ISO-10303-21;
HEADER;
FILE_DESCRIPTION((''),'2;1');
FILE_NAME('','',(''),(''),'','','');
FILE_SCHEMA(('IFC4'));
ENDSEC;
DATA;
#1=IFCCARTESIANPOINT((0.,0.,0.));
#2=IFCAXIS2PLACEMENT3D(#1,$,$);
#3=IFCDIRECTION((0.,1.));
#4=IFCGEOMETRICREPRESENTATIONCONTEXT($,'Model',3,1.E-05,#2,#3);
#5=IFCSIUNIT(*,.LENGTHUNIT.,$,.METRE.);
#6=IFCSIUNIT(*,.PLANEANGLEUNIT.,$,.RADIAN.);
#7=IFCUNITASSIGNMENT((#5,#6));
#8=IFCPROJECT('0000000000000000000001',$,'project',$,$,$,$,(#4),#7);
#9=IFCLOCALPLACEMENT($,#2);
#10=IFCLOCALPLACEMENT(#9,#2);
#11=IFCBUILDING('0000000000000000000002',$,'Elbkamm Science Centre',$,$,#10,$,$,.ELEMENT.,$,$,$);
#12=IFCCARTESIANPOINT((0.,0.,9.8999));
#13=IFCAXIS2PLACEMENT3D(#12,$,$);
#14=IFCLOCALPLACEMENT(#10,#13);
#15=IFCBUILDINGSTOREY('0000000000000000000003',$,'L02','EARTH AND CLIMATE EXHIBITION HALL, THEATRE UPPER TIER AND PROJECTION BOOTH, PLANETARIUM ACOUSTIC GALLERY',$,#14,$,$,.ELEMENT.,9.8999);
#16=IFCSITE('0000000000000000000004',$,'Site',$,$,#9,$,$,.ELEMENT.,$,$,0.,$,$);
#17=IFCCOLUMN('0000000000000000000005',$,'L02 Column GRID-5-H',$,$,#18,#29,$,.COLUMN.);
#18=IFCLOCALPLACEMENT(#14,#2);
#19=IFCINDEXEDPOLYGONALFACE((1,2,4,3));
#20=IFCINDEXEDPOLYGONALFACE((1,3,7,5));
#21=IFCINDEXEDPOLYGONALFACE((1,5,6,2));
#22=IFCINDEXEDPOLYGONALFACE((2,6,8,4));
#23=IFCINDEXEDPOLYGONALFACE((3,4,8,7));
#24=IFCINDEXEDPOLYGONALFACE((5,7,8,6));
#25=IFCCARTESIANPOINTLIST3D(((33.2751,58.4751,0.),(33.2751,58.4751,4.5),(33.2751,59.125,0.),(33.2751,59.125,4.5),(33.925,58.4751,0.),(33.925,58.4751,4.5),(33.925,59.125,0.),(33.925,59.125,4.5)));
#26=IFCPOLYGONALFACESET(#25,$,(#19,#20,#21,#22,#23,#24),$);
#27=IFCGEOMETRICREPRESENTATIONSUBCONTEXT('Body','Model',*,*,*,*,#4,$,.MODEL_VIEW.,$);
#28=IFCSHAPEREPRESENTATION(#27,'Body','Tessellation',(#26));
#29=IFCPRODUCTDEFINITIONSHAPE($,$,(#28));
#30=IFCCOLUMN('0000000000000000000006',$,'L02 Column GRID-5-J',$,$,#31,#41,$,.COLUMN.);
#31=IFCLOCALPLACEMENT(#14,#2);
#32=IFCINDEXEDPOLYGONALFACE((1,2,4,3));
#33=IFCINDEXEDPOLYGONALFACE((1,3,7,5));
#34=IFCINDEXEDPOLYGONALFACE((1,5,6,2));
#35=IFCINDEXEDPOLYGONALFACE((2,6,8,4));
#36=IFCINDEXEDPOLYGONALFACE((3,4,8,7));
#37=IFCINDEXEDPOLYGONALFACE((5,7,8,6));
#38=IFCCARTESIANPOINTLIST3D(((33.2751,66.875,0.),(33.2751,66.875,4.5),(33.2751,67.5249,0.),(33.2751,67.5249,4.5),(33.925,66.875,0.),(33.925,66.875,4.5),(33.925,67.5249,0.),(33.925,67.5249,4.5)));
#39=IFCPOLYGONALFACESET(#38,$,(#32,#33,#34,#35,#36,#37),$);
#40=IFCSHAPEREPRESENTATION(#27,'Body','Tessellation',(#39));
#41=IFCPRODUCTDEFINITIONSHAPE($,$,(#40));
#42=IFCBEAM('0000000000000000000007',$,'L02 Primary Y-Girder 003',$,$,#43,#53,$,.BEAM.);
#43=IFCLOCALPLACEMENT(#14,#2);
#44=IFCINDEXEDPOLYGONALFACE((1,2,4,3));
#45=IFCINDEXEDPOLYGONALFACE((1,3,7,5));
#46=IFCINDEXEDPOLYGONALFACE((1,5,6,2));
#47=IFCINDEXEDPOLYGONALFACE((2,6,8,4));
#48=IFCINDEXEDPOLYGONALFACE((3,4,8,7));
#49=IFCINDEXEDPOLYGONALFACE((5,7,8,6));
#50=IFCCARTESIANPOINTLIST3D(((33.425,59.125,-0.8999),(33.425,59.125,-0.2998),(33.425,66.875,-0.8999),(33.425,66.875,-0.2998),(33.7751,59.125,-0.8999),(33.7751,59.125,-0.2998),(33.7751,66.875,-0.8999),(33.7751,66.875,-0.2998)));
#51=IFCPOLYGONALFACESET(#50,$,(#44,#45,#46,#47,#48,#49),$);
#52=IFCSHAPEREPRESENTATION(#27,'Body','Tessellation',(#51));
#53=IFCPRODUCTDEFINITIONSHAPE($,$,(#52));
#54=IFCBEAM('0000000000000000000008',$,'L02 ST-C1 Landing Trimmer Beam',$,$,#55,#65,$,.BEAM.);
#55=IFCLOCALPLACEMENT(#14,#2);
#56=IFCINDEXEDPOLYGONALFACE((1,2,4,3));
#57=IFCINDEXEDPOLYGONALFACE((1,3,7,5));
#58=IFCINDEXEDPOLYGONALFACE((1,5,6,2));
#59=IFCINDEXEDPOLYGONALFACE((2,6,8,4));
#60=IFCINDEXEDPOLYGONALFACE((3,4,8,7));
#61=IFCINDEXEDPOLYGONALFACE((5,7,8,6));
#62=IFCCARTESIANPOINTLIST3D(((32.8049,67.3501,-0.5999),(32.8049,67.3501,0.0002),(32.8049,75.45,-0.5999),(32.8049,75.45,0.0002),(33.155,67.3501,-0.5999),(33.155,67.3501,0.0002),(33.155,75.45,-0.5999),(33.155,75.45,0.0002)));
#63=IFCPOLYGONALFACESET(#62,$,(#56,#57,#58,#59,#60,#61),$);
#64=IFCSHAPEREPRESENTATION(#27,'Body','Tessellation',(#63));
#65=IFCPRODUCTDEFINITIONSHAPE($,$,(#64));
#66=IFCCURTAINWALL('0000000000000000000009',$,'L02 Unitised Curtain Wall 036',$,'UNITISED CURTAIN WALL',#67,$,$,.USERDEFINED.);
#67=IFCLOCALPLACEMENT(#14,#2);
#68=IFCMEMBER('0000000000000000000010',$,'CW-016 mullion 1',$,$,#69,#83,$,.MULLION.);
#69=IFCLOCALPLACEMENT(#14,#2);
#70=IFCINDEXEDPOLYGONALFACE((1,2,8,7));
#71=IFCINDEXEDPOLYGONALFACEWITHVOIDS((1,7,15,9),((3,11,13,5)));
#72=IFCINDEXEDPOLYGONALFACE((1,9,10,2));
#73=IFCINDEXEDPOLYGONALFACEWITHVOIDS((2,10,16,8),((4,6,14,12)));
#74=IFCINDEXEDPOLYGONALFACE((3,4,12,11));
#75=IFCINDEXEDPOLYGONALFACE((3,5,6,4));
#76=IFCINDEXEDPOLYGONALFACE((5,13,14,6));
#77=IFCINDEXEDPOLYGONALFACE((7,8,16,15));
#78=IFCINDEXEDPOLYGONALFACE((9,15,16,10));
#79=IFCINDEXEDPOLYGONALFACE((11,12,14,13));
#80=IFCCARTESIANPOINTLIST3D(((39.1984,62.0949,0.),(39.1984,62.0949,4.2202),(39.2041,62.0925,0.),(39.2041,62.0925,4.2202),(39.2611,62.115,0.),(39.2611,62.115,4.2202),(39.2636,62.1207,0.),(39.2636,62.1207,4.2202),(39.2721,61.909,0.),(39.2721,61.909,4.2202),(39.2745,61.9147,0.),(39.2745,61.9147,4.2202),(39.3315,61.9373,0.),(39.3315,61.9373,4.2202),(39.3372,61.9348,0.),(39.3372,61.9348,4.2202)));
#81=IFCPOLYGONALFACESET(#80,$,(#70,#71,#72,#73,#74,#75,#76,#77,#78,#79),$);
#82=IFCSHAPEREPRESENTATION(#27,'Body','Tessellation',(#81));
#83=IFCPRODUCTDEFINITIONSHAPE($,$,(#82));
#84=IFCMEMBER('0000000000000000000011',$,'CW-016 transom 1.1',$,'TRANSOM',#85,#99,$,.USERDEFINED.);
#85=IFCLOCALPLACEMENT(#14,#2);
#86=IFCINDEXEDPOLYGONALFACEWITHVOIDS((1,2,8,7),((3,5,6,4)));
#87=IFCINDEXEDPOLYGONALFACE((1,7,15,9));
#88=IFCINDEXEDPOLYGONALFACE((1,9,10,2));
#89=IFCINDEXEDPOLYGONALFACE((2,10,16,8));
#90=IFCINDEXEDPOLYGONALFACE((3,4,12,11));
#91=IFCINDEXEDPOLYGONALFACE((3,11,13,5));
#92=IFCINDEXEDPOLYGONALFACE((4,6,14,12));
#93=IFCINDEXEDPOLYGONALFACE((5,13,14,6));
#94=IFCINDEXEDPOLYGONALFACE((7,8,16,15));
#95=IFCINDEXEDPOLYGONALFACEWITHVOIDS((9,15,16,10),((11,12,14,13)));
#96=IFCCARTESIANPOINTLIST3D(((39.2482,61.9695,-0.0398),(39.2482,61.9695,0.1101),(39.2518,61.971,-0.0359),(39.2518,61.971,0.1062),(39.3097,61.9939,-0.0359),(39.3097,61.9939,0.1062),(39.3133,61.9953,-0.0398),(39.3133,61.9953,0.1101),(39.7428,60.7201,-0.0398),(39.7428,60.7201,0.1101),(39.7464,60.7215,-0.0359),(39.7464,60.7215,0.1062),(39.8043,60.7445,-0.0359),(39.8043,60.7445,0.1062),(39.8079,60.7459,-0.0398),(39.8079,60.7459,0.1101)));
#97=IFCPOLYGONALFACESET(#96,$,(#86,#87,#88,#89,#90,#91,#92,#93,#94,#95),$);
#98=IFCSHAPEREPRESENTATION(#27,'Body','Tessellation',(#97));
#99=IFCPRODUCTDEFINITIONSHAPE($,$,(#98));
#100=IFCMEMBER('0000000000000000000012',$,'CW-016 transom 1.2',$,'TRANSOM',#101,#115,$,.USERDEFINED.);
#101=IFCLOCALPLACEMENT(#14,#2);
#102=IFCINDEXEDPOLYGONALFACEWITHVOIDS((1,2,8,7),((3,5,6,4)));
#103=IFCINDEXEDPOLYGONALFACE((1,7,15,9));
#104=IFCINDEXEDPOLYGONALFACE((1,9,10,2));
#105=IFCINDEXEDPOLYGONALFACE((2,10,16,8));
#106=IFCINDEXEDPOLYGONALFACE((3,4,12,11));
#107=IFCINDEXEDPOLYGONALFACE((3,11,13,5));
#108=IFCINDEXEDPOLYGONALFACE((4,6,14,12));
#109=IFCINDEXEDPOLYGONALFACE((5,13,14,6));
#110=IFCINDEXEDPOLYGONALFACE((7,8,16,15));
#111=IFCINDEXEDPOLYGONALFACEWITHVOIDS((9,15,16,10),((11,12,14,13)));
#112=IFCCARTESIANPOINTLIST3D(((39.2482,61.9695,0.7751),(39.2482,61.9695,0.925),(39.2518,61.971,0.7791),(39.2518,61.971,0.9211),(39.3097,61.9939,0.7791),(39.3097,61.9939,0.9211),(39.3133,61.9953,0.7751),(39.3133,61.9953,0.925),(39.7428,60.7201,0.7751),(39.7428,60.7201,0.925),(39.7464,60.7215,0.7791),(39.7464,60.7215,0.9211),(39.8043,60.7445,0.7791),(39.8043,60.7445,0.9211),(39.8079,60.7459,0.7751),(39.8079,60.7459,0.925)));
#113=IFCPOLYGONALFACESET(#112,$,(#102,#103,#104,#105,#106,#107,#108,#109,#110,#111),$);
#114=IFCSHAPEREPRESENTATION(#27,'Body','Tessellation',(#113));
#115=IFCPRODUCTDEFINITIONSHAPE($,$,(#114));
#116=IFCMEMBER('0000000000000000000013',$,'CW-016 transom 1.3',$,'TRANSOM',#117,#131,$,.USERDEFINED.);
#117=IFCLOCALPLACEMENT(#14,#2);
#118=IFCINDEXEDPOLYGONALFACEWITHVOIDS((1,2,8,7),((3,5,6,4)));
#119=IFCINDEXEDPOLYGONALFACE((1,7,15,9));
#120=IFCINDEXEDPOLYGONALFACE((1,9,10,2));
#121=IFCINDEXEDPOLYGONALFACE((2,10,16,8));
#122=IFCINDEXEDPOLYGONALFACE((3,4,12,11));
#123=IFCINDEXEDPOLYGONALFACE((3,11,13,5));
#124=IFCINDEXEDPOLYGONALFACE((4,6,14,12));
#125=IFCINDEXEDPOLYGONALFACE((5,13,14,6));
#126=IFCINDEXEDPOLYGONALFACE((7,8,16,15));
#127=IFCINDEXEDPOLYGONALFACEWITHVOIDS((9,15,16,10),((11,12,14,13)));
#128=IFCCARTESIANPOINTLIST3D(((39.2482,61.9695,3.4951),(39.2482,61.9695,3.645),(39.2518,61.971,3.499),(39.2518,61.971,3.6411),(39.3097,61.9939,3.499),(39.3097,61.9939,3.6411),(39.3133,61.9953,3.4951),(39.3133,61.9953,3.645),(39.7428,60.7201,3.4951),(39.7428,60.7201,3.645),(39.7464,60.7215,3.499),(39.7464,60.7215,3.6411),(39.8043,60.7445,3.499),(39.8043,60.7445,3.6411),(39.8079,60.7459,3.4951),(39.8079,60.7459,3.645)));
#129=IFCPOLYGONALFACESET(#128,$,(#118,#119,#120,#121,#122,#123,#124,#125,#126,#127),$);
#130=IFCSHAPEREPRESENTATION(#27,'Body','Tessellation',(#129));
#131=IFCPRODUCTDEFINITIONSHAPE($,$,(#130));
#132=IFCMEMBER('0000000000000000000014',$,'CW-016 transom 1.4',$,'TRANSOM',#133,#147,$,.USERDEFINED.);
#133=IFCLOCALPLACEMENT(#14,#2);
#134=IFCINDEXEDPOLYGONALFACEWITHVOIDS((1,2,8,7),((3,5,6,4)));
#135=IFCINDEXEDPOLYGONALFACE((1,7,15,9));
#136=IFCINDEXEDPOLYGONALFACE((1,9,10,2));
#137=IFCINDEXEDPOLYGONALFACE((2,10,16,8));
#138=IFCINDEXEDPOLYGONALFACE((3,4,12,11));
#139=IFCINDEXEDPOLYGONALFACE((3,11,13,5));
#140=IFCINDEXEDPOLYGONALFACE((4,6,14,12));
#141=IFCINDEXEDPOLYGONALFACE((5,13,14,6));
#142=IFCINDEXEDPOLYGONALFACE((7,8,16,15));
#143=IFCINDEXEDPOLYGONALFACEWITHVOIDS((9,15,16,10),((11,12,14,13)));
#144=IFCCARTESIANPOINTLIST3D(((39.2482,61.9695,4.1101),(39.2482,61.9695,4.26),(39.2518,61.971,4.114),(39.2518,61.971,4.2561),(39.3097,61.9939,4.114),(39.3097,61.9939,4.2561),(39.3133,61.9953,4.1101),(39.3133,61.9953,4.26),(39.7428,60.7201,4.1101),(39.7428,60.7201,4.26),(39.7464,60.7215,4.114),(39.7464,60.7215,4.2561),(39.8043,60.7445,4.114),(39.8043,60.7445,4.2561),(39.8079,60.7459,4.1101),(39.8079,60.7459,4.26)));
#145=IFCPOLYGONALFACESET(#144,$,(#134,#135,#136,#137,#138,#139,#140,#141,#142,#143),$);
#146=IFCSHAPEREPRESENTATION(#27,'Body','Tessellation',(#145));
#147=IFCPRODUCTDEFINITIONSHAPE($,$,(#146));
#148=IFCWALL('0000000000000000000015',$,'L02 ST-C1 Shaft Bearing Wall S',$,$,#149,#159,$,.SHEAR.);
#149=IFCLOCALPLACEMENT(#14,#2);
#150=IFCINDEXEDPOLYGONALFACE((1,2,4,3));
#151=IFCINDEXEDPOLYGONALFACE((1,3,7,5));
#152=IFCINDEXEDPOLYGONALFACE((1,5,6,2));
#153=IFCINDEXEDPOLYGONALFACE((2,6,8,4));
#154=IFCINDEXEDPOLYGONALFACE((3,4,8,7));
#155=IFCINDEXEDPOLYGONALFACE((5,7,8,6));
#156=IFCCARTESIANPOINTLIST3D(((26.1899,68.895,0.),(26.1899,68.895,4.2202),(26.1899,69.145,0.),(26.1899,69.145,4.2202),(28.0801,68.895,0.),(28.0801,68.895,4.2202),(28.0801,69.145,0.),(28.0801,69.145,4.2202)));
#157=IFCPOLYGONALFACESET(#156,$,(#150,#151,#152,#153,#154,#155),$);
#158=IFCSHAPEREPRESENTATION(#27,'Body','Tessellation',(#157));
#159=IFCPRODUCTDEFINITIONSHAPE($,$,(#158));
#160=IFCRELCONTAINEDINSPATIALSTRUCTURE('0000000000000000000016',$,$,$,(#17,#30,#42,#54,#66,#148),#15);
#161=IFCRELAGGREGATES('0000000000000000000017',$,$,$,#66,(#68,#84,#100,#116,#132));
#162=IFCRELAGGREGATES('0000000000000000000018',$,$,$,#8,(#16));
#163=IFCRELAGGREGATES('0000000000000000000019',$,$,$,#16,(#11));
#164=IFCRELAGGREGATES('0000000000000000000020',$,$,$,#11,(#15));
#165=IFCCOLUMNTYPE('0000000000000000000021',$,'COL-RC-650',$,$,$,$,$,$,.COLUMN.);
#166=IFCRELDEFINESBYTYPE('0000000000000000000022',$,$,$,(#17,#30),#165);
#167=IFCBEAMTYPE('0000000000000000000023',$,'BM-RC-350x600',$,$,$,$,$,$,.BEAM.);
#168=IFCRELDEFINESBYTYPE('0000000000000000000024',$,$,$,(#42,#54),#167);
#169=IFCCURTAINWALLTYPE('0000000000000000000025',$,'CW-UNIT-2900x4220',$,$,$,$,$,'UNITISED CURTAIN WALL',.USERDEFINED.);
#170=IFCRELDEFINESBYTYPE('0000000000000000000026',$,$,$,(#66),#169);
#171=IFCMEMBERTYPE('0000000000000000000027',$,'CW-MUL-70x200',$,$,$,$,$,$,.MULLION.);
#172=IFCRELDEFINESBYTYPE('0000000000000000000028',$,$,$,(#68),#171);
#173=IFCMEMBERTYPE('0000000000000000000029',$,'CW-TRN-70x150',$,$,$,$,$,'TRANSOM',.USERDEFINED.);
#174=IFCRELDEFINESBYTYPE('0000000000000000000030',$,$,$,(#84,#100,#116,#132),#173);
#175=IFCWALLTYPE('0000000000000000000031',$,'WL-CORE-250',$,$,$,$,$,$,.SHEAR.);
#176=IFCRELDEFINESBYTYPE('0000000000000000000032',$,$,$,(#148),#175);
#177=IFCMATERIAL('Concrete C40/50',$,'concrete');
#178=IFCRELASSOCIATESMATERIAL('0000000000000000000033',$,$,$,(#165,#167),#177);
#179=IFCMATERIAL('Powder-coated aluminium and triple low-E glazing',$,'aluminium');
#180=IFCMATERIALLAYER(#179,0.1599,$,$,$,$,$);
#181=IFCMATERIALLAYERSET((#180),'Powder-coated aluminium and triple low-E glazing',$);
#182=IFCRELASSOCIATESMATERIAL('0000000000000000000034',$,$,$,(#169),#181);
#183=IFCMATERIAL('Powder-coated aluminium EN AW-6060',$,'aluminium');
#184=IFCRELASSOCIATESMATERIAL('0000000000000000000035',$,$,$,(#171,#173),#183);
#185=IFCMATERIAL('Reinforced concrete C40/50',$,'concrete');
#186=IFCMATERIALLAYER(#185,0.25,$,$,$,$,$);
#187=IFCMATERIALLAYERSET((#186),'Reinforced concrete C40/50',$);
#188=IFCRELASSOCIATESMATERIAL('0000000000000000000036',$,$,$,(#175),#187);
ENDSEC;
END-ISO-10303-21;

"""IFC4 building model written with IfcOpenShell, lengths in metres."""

from ifc_helpers import new_model, si_unit, direction, frame, frame_2d, origin, origin_2d, place, context, subcontext, project, spatial, rectangle, hollow_rectangle, extrude, material, layer, layer_set, material_profile, profile_set, type_object, element, aggregate, save


model = new_model("IFC4")

# Units and contexts
model_context = context("Model", 3, precision=1e-05, world=origin(), true_north=direction((0.0, 1.0)))
body_context = subcontext(model_context, "Body", "Model", "MODEL_VIEW")
ifc_project = project(units=[si_unit("LENGTHUNIT", "METRE"), si_unit("PLANEANGLEUNIT", "RADIAN")], contexts=[model_context])

# Site, building, storey
site_placement = place(None, origin())
site = spatial("IfcSite", under=ifc_project, at=site_placement, Name="Site", CompositionType="ELEMENT", RefElevation=0.0)
building_placement = place(site_placement, origin())
building = spatial("IfcBuilding", under=site, at=building_placement, Name="Elbkamm Science Centre", CompositionType="ELEMENT")
storey_placement = place(building_placement, frame((0.0, 0.0, 9.8999)))
storey = spatial("IfcBuildingStorey", under=building, at=storey_placement, Name="L02", Description="EARTH AND CLIMATE EXHIBITION HALL, THEATRE UPPER TIER AND PROJECTION BOOTH, PLANETARIUM ACOUSTIC GALLERY", CompositionType="ELEMENT", Elevation=9.8999)

# Columns
ifc_material_1 = material(Name="Concrete C40/50", Category="concrete")
ifc_material_profile_1 = material_profile(ifc_material_1, rectangle(XDim=0.6499, YDim=0.6499, at=origin_2d()), Name="RC 650x650")
ifc_profile_set_1 = profile_set([ifc_material_profile_1], Name="Concrete C40/50")
column_type = type_object("IfcColumnType", Name="COL-RC-650", PredefinedType="COLUMN", material=ifc_profile_set_1)
for number, where, z_axis, x_axis, name in (
    (1, (33.6001, 58.8, 0.0), (0.0, 0.0, 1.0), (1.0, 0.0, 0.0), "L02 Column GRID-5-H"),
    (2, (33.6001, 67.2, 0.0), (0.0, 0.0, 1.0), (1.0, 0.0, 0.0), "L02 Column GRID-5-J"),
):
    element("IfcColumn", number, at=place(storey_placement, frame(where, z_axis=z_axis, x_axis=x_axis)), inside=storey, type_object=column_type, Name=name, PredefinedType="COLUMN", context=body_context, shape_type="SweptSolid", body=[
        extrude(rectangle(XDim=0.6499, YDim=0.6499, at=origin_2d()), origin(), (0.0, 0.0, 1.0), 4.5),
    ])

# Beams
ifc_material_profile_2 = material_profile(ifc_material_1, rectangle(XDim=0.3501, YDim=0.6001, at=origin_2d()), Name="RC 350x600")
ifc_profile_set_2 = profile_set([ifc_material_profile_2], Name="Concrete C40/50")
beam_type = type_object("IfcBeamType", Name="BM-RC-350x600", PredefinedType="BEAM", material=ifc_profile_set_2)
beam_1_placement = place(storey_placement, frame((33.6001, 59.125, -0.5999), z_axis=(0.0, 1.0, 0.0), x_axis=(-1.0, 0.0, 0.0)))
element("IfcBeam", 3, at=beam_1_placement, inside=storey, type_object=beam_type, Name="L02 Primary Y-Girder 003", PredefinedType="BEAM", context=body_context, shape_type="SweptSolid", body=[
    extrude(rectangle(XDim=0.3501, YDim=0.6001, at=origin_2d()), origin(), (0.0, 0.0, 1.0), 7.75),
])
beam_2_placement = place(storey_placement, frame((32.98, 67.3501, -0.2998), z_axis=(0.0, 1.0, 0.0), x_axis=(-1.0, 0.0, 0.0)))
element("IfcBeam", 4, at=beam_2_placement, inside=storey, type_object=beam_type, Name="L02 ST-C1 Landing Trimmer Beam", PredefinedType="BEAM", context=body_context, shape_type="SweptSolid", body=[
    extrude(rectangle(XDim=0.3501, YDim=0.6001, at=origin_2d()), origin(), (0.0, 0.0, 1.0), 8.0999),
])

# Curtain wall, members
ifc_material_2 = material(Name="Powder-coated aluminium and triple low-E glazing", Category="aluminium")
ifc_layer_1 = layer(ifc_material_2, 0.1599)
ifc_layer_set_1 = layer_set([ifc_layer_1], Name="Powder-coated aluminium and triple low-E glazing")
curtain_wall_type = type_object("IfcCurtainWallType", Name="CW-UNIT-2900x4220", ElementType="UNITISED CURTAIN WALL", PredefinedType="USERDEFINED", material=ifc_layer_set_1)
curtain_wall_placement = place(storey_placement, origin())
curtain_wall = element("IfcCurtainWall", 5, at=curtain_wall_placement, inside=storey, type_object=curtain_wall_type, Name="L02 Unitised Curtain Wall 036", ObjectType="UNITISED CURTAIN WALL", PredefinedType="USERDEFINED")
ifc_material_3 = material(Name="Powder-coated aluminium EN AW-6060", Category="aluminium")
ifc_material_profile_3 = material_profile(ifc_material_3, hollow_rectangle(XDim=0.0701, YDim=0.2, WallThickness=0.0044, at=origin_2d()), Name="ALU M70x200")
ifc_profile_set_3 = profile_set([ifc_material_profile_3], Name="Powder-coated aluminium EN AW-6060")
member_type_1 = type_object("IfcMemberType", Name="CW-MUL-70x200", PredefinedType="MULLION", material=ifc_profile_set_3)
member_1_placement = place(storey_placement, frame((39.2678, 62.0149, 0.0), z_axis=(0.0, 0.0, 1.0), x_axis=(0.929749, 0.368193, 0.0)))
member_1 = element("IfcMember", 6, at=member_1_placement, type_object=member_type_1, Name="CW-016 mullion 1", PredefinedType="MULLION", context=body_context, shape_type="SweptSolid", body=[
    extrude(hollow_rectangle(XDim=0.0701, YDim=0.2, WallThickness=0.0044, at=origin_2d()), origin(), (0.0, 0.0, 1.0), 4.2202),
])
ifc_material_profile_4 = material_profile(ifc_material_3, hollow_rectangle(XDim=0.0701, YDim=0.1499, WallThickness=0.0039, at=origin_2d()), Name="ALU T70x150")
ifc_profile_set_4 = profile_set([ifc_material_profile_4], Name="Powder-coated aluminium EN AW-6060")
member_type_2 = type_object("IfcMemberType", Name="CW-TRN-70x150", ElementType="TRANSOM", PredefinedType="USERDEFINED", material=ifc_profile_set_4)
member_2_placement = place(storey_placement, frame((39.2808, 61.9824, 0.0352), z_axis=(0.368068, -0.929799, 0.0), x_axis=(0.929799, 0.368068, 0.0)))
member_2 = element("IfcMember", 7, at=member_2_placement, type_object=member_type_2, Name="CW-016 transom 1.1", ObjectType="TRANSOM", PredefinedType="USERDEFINED", context=body_context, shape_type="SweptSolid", body=[
    extrude(hollow_rectangle(XDim=0.0701, YDim=0.1499, WallThickness=0.0039, at=origin_2d()), origin(), (0.0, 0.0, 1.0), 1.3438),
])
member_3_placement = place(storey_placement, frame((39.2808, 61.9824, 0.8501), z_axis=(0.368068, -0.929799, 0.0), x_axis=(0.929799, 0.368068, 0.0)))
member_3 = element("IfcMember", 8, at=member_3_placement, type_object=member_type_2, Name="CW-016 transom 1.2", ObjectType="TRANSOM", PredefinedType="USERDEFINED", context=body_context, shape_type="SweptSolid", body=[
    extrude(hollow_rectangle(XDim=0.0701, YDim=0.1499, WallThickness=0.0039, at=origin_2d()), origin(), (0.0, 0.0, 1.0), 1.3438),
])
member_4_placement = place(storey_placement, frame((39.2808, 61.9824, 3.5701), z_axis=(0.368068, -0.929799, 0.0), x_axis=(0.929799, 0.368068, 0.0)))
member_4 = element("IfcMember", 9, at=member_4_placement, type_object=member_type_2, Name="CW-016 transom 1.3", ObjectType="TRANSOM", PredefinedType="USERDEFINED", context=body_context, shape_type="SweptSolid", body=[
    extrude(hollow_rectangle(XDim=0.0701, YDim=0.1499, WallThickness=0.0039, at=origin_2d()), origin(), (0.0, 0.0, 1.0), 1.3438),
])
member_5_placement = place(storey_placement, frame((39.2808, 61.9824, 4.1851), z_axis=(0.368068, -0.929799, 0.0), x_axis=(0.929799, 0.368068, 0.0)))
member_5 = element("IfcMember", 10, at=member_5_placement, type_object=member_type_2, Name="CW-016 transom 1.4", ObjectType="TRANSOM", PredefinedType="USERDEFINED", context=body_context, shape_type="SweptSolid", body=[
    extrude(hollow_rectangle(XDim=0.0701, YDim=0.1499, WallThickness=0.0039, at=origin_2d()), origin(), (0.0, 0.0, 1.0), 1.3438),
])
aggregate(curtain_wall, [member_1, member_2, member_3, member_4, member_5])

# Wall
ifc_material_4 = material(Name="Reinforced concrete C40/50", Category="concrete")
ifc_layer_2 = layer(ifc_material_4, 0.25)
ifc_layer_set_2 = layer_set([ifc_layer_2], Name="Reinforced concrete C40/50")
wall_type_1 = type_object("IfcWallType", Name="WL-CORE-250", PredefinedType="SHEAR", material=ifc_layer_set_2)
wall_1_placement = place(storey_placement, frame((26.1899, 69.02, 0.0), z_axis=(0.0, 0.0, 1.0), x_axis=(1.0, 0.0, 0.0)))
element("IfcWall", 11, at=wall_1_placement, inside=storey, type_object=wall_type_1, Name="L02 ST-C1 Shaft Bearing Wall S", PredefinedType="SHEAR", context=body_context, shape_type="SweptSolid", body=[
    extrude(rectangle(XDim=1.8901, YDim=0.25, at=frame_2d((0.9451, 0.0))), origin(), (0.0, 0.0, 1.0), 4.2202),
])

save(model, "model.ifc")
